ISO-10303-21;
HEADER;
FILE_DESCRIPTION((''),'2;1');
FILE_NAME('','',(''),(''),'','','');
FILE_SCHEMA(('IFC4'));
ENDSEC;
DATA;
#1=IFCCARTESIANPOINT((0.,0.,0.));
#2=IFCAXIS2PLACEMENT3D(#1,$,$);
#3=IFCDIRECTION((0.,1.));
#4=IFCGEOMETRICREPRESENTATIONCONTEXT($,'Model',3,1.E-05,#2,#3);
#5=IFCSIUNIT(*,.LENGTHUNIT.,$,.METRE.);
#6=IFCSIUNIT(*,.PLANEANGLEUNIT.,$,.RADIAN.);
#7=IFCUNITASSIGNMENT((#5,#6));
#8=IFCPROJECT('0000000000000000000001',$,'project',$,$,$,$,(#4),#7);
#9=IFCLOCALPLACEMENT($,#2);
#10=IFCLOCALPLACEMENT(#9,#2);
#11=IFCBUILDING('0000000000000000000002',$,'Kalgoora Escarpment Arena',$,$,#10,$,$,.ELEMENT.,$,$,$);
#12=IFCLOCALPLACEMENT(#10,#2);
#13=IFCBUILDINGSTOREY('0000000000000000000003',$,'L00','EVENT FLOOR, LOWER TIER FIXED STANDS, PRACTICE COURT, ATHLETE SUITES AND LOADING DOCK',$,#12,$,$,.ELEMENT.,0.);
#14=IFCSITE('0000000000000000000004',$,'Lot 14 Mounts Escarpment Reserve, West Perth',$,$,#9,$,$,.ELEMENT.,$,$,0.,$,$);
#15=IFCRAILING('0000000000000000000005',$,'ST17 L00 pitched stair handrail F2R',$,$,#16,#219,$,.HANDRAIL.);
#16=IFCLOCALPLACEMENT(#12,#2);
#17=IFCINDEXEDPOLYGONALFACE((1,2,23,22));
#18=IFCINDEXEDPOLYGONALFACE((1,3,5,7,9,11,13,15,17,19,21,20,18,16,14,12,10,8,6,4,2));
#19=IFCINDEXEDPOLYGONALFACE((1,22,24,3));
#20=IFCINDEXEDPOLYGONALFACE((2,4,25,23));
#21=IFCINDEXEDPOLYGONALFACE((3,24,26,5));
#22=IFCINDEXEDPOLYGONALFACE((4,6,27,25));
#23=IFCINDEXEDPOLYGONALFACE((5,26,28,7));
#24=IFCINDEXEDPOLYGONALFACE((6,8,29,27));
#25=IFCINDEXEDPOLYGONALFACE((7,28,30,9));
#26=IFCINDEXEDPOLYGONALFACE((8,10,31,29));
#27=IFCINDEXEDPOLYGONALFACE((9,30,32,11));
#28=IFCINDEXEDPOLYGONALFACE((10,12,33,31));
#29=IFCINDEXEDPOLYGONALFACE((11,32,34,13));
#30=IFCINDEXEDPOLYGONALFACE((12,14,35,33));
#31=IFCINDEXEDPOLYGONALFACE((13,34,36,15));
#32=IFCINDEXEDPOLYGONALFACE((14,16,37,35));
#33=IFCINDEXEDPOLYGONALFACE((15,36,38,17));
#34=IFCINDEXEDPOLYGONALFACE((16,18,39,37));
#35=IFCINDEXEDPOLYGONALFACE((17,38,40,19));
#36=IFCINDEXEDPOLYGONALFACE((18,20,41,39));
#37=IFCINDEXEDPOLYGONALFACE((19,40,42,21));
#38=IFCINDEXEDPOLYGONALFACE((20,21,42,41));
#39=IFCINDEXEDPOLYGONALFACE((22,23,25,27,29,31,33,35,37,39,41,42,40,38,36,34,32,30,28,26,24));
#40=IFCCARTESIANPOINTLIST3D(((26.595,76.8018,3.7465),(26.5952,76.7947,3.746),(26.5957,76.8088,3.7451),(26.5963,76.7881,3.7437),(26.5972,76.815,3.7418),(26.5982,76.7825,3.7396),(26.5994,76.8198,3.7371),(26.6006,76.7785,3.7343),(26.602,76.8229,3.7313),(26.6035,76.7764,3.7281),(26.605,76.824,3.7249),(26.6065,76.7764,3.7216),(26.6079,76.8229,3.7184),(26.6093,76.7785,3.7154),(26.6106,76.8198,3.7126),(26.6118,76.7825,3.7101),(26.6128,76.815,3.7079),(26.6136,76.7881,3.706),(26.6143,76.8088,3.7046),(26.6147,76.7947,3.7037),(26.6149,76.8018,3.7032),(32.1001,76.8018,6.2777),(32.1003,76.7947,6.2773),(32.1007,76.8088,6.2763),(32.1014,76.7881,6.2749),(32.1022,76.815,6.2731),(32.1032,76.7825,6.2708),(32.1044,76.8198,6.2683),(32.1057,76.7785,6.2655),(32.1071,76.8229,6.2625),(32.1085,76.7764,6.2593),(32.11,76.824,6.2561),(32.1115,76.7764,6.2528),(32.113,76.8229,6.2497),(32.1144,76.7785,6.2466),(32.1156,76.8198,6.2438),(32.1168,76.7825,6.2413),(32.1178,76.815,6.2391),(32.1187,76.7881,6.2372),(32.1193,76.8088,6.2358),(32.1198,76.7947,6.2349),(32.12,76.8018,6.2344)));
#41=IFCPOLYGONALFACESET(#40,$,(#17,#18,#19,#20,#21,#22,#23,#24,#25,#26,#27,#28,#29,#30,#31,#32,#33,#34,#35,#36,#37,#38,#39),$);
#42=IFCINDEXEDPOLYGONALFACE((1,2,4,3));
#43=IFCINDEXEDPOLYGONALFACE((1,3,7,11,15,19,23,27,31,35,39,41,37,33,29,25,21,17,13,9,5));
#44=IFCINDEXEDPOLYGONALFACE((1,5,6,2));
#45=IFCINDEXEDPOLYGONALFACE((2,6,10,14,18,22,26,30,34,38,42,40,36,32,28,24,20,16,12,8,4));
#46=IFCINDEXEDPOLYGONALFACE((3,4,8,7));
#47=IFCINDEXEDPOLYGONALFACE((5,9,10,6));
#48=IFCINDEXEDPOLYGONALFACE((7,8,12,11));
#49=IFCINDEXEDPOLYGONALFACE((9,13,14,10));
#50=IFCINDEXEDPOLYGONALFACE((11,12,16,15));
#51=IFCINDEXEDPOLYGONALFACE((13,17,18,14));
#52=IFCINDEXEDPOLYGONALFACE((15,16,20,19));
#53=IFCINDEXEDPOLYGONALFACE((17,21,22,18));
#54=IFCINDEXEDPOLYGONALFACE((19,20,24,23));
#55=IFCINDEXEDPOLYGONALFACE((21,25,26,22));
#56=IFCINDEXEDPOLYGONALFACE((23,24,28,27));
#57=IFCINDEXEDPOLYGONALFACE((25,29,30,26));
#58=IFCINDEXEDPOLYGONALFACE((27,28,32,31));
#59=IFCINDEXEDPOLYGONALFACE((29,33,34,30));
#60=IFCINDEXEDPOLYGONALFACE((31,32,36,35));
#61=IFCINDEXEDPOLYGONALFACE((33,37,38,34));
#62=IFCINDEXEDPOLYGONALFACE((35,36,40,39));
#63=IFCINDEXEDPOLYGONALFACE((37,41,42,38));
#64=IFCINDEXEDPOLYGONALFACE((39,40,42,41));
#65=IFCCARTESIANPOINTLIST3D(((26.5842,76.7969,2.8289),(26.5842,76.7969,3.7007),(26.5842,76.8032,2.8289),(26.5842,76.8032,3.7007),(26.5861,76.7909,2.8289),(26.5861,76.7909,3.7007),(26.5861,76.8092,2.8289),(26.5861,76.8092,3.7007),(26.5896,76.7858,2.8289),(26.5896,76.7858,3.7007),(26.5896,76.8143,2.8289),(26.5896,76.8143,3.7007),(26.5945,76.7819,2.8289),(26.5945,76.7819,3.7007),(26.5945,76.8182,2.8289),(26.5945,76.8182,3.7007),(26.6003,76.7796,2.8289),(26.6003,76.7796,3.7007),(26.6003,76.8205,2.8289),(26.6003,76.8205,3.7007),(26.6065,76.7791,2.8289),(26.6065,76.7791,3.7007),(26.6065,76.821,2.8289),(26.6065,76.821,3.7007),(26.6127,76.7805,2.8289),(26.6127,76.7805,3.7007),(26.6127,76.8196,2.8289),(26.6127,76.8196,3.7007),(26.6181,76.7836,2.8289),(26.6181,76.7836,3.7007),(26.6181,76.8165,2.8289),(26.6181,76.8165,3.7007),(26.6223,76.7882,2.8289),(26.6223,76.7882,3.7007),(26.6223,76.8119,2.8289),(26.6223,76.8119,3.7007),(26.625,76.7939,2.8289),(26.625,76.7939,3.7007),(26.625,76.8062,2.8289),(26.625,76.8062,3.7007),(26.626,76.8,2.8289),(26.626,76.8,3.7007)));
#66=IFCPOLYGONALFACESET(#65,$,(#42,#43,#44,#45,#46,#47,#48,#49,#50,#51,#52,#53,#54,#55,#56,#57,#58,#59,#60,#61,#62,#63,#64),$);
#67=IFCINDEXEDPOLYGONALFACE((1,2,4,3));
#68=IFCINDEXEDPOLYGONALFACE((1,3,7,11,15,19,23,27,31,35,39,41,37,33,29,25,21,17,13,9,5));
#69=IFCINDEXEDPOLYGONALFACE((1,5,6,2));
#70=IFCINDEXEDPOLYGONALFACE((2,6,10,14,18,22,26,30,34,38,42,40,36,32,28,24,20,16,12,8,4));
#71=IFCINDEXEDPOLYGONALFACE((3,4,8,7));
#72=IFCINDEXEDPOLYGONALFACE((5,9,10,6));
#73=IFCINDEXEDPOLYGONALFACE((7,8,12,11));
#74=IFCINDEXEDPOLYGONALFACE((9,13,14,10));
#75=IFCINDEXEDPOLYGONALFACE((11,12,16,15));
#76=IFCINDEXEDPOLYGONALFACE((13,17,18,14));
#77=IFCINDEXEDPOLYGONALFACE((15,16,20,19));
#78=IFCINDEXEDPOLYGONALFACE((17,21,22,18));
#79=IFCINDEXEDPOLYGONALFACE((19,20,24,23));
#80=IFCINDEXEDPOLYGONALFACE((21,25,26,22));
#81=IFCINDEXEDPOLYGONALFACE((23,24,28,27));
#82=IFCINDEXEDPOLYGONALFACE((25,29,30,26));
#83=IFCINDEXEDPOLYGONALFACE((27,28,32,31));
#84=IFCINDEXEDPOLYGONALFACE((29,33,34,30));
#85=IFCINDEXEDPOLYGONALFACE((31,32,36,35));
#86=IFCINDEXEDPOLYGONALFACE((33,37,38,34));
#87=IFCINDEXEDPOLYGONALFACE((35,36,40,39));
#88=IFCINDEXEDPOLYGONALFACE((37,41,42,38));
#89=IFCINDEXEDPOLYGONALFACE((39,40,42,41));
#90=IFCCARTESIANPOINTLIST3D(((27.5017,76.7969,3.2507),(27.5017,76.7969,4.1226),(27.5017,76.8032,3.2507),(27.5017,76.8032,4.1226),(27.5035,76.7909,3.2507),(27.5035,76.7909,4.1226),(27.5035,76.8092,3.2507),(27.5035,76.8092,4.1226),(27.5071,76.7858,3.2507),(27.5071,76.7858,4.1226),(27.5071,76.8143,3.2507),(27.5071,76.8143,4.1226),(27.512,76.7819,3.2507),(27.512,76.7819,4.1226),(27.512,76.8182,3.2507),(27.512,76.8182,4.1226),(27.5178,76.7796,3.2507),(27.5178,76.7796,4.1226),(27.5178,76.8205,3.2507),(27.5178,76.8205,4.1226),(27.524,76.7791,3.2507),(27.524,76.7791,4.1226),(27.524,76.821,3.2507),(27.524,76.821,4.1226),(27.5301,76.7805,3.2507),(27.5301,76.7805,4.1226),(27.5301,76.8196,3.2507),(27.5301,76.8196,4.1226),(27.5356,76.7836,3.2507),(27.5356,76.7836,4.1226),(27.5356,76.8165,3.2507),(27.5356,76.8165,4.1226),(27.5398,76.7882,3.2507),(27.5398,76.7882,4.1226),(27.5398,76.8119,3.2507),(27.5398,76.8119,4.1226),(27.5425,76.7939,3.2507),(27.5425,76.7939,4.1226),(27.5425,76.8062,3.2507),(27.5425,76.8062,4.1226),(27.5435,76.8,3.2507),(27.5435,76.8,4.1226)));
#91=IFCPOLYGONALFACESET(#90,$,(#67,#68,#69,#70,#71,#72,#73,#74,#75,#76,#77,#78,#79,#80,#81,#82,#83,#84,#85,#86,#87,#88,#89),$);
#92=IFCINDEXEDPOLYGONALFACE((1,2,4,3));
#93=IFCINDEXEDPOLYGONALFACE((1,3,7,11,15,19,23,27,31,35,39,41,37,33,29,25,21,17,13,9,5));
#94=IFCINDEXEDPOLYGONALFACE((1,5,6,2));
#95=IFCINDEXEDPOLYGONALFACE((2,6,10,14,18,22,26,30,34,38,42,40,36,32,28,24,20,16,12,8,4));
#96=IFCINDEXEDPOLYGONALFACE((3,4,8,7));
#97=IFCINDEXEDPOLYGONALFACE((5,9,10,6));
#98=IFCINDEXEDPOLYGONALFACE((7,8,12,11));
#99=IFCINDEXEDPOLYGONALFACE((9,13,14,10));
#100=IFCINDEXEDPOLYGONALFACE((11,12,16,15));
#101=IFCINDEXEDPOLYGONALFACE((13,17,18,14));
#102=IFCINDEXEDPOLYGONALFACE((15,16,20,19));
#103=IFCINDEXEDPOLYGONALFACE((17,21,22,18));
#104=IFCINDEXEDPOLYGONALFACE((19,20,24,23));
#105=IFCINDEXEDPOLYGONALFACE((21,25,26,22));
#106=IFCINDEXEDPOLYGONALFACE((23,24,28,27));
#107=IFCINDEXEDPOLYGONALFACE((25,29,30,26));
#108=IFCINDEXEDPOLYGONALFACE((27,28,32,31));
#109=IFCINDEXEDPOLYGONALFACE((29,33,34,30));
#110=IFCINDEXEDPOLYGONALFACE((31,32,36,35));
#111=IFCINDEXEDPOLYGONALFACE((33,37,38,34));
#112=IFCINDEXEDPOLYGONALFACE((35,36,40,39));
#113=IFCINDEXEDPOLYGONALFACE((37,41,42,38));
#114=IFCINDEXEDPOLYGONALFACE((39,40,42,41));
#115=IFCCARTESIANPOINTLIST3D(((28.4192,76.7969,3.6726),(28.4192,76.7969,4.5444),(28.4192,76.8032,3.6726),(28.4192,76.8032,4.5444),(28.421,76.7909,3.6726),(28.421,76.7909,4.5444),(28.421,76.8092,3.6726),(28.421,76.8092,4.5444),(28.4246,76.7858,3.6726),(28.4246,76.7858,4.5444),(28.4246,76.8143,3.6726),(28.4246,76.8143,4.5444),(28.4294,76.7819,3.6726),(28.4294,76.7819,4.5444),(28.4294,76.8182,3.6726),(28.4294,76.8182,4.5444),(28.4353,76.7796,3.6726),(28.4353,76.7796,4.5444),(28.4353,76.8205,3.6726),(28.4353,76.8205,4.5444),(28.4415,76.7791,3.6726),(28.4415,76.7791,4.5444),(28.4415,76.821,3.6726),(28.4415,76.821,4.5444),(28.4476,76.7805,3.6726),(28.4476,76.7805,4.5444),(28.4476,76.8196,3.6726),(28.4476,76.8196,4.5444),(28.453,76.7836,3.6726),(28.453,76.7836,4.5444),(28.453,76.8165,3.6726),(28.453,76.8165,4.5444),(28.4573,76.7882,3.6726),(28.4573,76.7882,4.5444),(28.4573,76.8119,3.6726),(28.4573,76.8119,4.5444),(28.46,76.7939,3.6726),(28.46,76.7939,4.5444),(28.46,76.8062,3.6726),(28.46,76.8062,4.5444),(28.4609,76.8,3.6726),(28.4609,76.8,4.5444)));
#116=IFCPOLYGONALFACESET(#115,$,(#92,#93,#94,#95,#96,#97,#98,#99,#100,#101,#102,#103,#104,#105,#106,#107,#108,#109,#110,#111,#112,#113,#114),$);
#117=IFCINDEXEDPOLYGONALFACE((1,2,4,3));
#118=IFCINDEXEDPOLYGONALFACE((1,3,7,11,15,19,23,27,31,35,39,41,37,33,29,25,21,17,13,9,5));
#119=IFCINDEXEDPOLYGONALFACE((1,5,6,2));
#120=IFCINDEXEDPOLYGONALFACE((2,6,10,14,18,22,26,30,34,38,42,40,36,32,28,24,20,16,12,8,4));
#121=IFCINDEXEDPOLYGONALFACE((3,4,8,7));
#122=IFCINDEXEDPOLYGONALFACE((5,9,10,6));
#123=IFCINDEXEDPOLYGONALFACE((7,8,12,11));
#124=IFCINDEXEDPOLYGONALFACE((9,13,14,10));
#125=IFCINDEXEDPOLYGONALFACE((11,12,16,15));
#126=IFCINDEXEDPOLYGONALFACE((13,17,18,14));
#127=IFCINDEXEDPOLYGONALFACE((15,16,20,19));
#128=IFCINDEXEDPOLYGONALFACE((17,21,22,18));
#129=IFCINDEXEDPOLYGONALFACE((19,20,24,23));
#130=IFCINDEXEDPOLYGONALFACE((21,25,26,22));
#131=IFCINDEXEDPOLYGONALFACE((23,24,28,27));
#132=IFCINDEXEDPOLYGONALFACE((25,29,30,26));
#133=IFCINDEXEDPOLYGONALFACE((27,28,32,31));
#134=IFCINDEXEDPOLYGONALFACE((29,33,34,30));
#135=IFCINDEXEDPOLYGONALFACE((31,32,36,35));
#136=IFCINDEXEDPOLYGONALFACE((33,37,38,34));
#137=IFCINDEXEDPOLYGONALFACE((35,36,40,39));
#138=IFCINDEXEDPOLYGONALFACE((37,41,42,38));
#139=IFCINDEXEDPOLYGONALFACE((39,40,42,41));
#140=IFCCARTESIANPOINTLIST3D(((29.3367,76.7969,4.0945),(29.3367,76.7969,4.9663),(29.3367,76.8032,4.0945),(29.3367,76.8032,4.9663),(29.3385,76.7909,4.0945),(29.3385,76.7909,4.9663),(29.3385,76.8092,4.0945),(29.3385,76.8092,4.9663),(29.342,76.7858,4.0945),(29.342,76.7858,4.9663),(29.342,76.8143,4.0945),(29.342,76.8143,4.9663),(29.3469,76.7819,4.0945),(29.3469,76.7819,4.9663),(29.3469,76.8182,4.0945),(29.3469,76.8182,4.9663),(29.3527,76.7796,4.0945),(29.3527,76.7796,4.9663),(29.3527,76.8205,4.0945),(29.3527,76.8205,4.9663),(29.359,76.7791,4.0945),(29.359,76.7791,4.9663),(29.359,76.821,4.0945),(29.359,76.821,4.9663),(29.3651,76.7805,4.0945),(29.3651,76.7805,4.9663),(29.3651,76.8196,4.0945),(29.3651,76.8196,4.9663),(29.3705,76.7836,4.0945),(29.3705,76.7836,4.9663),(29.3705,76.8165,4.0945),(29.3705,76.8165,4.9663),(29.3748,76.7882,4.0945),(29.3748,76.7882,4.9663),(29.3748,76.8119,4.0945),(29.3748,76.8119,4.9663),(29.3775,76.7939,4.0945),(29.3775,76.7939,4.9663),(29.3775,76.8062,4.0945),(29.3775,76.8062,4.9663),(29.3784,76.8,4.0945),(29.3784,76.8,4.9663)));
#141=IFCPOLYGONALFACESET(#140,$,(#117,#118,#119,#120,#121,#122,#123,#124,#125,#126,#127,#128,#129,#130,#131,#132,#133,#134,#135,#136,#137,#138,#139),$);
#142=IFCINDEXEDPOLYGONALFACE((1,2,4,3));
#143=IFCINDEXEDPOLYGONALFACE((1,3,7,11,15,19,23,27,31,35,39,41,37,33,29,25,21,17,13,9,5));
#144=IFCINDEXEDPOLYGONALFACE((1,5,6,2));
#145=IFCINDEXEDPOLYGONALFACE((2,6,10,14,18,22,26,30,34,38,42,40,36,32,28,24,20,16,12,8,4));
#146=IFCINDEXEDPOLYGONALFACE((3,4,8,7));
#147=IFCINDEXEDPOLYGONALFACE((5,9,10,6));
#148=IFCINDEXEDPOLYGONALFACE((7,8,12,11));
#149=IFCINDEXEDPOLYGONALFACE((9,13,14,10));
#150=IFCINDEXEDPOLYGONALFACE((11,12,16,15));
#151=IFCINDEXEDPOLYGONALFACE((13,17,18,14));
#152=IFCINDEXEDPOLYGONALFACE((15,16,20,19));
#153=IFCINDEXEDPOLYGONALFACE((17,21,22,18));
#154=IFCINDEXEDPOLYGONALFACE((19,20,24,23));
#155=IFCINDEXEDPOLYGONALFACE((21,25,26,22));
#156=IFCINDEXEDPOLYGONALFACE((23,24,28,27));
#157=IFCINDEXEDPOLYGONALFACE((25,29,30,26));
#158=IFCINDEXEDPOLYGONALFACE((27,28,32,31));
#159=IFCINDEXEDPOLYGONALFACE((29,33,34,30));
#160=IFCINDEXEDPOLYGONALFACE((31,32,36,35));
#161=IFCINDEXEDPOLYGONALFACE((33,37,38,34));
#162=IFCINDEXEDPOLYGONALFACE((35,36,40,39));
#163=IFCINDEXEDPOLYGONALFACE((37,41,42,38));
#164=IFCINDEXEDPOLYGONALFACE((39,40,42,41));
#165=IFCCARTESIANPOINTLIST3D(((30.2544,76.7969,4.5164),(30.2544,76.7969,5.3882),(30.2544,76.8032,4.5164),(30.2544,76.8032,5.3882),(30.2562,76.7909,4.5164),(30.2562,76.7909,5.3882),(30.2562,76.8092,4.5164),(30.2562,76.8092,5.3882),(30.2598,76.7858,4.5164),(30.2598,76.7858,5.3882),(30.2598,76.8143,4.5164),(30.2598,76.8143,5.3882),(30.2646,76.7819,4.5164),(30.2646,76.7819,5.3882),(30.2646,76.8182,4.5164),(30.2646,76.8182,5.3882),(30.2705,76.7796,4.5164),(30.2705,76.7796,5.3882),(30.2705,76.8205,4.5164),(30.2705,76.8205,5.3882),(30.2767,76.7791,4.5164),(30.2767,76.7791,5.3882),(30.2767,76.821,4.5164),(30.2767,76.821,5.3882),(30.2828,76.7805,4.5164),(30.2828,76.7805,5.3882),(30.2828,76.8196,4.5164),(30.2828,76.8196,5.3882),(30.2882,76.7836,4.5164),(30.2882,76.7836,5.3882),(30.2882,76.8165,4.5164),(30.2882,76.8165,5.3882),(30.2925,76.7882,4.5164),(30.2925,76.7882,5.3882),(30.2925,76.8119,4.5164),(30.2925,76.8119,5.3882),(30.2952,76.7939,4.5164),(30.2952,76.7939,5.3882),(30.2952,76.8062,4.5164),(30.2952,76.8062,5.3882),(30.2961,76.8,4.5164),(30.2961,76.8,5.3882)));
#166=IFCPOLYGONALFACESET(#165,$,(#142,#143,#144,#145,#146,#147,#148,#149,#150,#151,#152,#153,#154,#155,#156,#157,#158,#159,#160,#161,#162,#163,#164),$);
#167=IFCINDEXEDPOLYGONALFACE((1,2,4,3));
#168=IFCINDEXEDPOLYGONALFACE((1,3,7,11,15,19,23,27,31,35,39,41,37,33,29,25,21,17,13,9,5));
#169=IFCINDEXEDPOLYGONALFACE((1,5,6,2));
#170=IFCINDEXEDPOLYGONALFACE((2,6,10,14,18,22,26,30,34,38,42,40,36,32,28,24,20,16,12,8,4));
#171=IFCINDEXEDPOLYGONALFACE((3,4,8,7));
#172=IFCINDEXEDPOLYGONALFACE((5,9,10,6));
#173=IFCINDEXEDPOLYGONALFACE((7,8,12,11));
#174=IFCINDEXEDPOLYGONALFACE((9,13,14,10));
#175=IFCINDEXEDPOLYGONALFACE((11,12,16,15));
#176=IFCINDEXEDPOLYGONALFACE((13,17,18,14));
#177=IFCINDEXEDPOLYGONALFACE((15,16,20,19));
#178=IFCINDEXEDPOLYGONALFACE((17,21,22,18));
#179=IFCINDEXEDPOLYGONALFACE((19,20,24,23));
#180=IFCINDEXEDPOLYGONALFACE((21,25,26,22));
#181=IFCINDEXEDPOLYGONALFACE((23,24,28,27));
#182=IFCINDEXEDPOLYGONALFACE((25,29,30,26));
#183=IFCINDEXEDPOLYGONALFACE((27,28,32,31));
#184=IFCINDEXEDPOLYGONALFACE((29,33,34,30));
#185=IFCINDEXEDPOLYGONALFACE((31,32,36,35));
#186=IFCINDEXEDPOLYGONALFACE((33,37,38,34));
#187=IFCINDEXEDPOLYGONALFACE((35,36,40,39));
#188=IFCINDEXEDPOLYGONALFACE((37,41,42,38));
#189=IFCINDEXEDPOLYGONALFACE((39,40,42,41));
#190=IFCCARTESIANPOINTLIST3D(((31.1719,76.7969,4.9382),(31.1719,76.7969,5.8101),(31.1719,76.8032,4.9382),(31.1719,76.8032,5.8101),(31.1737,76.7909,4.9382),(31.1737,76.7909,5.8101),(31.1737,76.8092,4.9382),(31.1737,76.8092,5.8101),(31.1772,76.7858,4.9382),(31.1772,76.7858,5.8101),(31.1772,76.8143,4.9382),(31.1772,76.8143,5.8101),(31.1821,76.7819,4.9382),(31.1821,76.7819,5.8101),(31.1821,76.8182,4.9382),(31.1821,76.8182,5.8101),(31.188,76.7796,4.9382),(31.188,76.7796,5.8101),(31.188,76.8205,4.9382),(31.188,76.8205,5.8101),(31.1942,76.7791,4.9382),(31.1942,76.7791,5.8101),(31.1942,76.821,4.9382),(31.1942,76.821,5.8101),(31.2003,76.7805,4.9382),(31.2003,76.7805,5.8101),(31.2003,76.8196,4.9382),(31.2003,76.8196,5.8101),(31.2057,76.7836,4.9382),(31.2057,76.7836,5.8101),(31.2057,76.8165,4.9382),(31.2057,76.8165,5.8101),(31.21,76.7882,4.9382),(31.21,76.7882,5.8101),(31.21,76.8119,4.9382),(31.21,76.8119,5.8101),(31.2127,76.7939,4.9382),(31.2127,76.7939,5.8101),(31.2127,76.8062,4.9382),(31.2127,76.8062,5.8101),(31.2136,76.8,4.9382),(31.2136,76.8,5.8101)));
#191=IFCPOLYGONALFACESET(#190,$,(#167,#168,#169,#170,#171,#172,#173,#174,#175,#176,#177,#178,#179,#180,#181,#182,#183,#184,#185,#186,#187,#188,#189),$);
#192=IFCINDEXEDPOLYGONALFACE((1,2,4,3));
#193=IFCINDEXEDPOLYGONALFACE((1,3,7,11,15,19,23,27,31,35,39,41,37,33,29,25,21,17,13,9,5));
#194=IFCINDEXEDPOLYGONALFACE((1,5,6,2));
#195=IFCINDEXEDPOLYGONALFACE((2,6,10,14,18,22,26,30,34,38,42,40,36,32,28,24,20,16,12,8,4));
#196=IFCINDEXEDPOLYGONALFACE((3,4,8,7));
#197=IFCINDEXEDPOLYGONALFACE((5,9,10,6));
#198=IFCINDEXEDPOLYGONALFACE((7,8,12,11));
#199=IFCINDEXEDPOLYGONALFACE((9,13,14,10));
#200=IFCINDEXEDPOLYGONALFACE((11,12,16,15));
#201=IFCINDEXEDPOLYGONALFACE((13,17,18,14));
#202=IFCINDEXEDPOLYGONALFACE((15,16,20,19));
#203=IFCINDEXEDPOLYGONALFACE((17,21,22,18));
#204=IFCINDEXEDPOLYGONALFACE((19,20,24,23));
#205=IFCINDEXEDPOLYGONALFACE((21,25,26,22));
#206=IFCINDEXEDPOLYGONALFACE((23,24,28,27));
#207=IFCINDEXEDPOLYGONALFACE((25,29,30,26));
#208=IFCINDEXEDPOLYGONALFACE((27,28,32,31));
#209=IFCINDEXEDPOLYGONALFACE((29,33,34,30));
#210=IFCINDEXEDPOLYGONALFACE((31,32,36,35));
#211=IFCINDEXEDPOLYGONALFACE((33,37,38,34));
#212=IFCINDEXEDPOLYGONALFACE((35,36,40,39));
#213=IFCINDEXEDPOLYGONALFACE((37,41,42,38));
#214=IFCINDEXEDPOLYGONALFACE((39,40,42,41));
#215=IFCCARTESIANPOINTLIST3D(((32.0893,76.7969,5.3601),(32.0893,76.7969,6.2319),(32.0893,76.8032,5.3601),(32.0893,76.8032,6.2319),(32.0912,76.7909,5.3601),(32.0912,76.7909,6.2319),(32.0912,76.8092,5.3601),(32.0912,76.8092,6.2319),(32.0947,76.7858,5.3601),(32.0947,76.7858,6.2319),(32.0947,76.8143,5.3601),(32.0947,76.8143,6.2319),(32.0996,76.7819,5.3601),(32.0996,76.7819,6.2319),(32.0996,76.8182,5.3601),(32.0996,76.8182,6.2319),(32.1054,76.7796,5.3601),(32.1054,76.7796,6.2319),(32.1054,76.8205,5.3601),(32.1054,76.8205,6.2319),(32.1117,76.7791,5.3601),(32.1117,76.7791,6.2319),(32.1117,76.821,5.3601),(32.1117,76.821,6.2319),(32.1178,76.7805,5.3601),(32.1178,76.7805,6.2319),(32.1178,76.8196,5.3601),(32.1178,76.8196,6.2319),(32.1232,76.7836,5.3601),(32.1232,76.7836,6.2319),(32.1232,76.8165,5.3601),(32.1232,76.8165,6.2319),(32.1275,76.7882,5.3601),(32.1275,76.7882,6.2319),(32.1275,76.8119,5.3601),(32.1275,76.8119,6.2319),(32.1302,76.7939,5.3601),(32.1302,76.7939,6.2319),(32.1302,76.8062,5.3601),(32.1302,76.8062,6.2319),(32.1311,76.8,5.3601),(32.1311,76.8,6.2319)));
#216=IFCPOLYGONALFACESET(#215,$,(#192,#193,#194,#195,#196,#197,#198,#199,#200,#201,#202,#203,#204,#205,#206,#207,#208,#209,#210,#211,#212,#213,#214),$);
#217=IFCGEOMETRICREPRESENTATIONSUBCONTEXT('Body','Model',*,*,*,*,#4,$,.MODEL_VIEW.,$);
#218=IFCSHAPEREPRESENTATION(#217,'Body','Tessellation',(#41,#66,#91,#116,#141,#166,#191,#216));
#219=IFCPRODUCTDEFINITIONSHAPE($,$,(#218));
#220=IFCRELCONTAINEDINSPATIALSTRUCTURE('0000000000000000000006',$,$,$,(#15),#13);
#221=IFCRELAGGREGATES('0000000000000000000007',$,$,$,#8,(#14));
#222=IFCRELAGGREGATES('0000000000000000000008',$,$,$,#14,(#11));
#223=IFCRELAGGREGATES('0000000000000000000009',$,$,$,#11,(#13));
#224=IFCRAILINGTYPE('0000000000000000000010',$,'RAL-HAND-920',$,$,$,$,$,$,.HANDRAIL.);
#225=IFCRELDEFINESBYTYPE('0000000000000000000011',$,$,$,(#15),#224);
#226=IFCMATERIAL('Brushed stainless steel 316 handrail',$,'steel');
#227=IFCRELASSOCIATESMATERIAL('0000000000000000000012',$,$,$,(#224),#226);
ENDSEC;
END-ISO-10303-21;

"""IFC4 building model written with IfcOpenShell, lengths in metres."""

from ifc_helpers import new_model, si_unit, direction, frame, origin, origin_2d, place, context, subcontext, project, spatial, circle, extrude, material, type_object, element, save


model = new_model("IFC4")

# Units and contexts
model_context = context("Model", 3, precision=1e-05, world=origin(), true_north=direction((0.0, 1.0)))
body_context = subcontext(model_context, "Body", "Model", "MODEL_VIEW")
ifc_project = project(units=[si_unit("LENGTHUNIT", "METRE"), si_unit("PLANEANGLEUNIT", "RADIAN")], contexts=[model_context])

# Site, building, storey
site_placement = place(None, origin())
site = spatial("IfcSite", under=ifc_project, at=site_placement, Name="Lot 14 Mounts Escarpment Reserve, West Perth", CompositionType="ELEMENT", RefElevation=0.0)
building_placement = place(site_placement, origin())
building = spatial("IfcBuilding", under=site, at=building_placement, Name="Kalgoora Escarpment Arena", CompositionType="ELEMENT")
storey_placement = place(building_placement, origin())
storey = spatial("IfcBuildingStorey", under=building, at=storey_placement, Name="L00", Description="EVENT FLOOR, LOWER TIER FIXED STANDS, PRACTICE COURT, ATHLETE SUITES AND LOADING DOCK", CompositionType="ELEMENT", Elevation=0.0)

# Railing
ifc_material_1 = material(Name="Brushed stainless steel 316 handrail", Category="steel")
railing_type = type_object("IfcRailingType", Name="RAL-HAND-920", PredefinedType="HANDRAIL", material=ifc_material_1)
railing_placement = place(storey_placement, frame((26.605, 76.8, 2.8289)))
element("IfcRailing", 1, at=railing_placement, inside=storey, type_object=railing_type, Name="ST17 L00 pitched stair handrail F2R", PredefinedType="HANDRAIL", context=body_context, shape_type="SweptSolid", body=[
    extrude(circle(Radius=0.0239, at=origin_2d()), frame((0.0, 0.0, 0.896), z_axis=(0.90856, 0.0, 0.417755), x_axis=(0.0, 1.0, 0.0)), (0.0, 0.0, 1.0), 6.0591),
    extrude(circle(Radius=0.021, at=origin_2d()), origin(), (0.0, 0.0, 1.0), 0.8718),
    extrude(circle(Radius=0.021, at=origin_2d()), frame((0.9175, 0.0, 0.4219)), (0.0, 0.0, 1.0), 0.8718),
    extrude(circle(Radius=0.021, at=origin_2d()), frame((1.835, 0.0, 0.8438)), (0.0, 0.0, 1.0), 0.8718),
    extrude(circle(Radius=0.021, at=origin_2d()), frame((2.7524, 0.0, 1.2656)), (0.0, 0.0, 1.0), 0.8718),
    extrude(circle(Radius=0.021, at=origin_2d()), frame((3.6702, 0.0, 1.6875)), (0.0, 0.0, 1.0), 0.8718),
    extrude(circle(Radius=0.021, at=origin_2d()), frame((4.5876, 0.0, 2.1094)), (0.0, 0.0, 1.0), 0.8718),
    extrude(circle(Radius=0.021, at=origin_2d()), frame((5.5051, 0.0, 2.5312)), (0.0, 0.0, 1.0), 0.8718),
])

save(model, "model.ifc")
